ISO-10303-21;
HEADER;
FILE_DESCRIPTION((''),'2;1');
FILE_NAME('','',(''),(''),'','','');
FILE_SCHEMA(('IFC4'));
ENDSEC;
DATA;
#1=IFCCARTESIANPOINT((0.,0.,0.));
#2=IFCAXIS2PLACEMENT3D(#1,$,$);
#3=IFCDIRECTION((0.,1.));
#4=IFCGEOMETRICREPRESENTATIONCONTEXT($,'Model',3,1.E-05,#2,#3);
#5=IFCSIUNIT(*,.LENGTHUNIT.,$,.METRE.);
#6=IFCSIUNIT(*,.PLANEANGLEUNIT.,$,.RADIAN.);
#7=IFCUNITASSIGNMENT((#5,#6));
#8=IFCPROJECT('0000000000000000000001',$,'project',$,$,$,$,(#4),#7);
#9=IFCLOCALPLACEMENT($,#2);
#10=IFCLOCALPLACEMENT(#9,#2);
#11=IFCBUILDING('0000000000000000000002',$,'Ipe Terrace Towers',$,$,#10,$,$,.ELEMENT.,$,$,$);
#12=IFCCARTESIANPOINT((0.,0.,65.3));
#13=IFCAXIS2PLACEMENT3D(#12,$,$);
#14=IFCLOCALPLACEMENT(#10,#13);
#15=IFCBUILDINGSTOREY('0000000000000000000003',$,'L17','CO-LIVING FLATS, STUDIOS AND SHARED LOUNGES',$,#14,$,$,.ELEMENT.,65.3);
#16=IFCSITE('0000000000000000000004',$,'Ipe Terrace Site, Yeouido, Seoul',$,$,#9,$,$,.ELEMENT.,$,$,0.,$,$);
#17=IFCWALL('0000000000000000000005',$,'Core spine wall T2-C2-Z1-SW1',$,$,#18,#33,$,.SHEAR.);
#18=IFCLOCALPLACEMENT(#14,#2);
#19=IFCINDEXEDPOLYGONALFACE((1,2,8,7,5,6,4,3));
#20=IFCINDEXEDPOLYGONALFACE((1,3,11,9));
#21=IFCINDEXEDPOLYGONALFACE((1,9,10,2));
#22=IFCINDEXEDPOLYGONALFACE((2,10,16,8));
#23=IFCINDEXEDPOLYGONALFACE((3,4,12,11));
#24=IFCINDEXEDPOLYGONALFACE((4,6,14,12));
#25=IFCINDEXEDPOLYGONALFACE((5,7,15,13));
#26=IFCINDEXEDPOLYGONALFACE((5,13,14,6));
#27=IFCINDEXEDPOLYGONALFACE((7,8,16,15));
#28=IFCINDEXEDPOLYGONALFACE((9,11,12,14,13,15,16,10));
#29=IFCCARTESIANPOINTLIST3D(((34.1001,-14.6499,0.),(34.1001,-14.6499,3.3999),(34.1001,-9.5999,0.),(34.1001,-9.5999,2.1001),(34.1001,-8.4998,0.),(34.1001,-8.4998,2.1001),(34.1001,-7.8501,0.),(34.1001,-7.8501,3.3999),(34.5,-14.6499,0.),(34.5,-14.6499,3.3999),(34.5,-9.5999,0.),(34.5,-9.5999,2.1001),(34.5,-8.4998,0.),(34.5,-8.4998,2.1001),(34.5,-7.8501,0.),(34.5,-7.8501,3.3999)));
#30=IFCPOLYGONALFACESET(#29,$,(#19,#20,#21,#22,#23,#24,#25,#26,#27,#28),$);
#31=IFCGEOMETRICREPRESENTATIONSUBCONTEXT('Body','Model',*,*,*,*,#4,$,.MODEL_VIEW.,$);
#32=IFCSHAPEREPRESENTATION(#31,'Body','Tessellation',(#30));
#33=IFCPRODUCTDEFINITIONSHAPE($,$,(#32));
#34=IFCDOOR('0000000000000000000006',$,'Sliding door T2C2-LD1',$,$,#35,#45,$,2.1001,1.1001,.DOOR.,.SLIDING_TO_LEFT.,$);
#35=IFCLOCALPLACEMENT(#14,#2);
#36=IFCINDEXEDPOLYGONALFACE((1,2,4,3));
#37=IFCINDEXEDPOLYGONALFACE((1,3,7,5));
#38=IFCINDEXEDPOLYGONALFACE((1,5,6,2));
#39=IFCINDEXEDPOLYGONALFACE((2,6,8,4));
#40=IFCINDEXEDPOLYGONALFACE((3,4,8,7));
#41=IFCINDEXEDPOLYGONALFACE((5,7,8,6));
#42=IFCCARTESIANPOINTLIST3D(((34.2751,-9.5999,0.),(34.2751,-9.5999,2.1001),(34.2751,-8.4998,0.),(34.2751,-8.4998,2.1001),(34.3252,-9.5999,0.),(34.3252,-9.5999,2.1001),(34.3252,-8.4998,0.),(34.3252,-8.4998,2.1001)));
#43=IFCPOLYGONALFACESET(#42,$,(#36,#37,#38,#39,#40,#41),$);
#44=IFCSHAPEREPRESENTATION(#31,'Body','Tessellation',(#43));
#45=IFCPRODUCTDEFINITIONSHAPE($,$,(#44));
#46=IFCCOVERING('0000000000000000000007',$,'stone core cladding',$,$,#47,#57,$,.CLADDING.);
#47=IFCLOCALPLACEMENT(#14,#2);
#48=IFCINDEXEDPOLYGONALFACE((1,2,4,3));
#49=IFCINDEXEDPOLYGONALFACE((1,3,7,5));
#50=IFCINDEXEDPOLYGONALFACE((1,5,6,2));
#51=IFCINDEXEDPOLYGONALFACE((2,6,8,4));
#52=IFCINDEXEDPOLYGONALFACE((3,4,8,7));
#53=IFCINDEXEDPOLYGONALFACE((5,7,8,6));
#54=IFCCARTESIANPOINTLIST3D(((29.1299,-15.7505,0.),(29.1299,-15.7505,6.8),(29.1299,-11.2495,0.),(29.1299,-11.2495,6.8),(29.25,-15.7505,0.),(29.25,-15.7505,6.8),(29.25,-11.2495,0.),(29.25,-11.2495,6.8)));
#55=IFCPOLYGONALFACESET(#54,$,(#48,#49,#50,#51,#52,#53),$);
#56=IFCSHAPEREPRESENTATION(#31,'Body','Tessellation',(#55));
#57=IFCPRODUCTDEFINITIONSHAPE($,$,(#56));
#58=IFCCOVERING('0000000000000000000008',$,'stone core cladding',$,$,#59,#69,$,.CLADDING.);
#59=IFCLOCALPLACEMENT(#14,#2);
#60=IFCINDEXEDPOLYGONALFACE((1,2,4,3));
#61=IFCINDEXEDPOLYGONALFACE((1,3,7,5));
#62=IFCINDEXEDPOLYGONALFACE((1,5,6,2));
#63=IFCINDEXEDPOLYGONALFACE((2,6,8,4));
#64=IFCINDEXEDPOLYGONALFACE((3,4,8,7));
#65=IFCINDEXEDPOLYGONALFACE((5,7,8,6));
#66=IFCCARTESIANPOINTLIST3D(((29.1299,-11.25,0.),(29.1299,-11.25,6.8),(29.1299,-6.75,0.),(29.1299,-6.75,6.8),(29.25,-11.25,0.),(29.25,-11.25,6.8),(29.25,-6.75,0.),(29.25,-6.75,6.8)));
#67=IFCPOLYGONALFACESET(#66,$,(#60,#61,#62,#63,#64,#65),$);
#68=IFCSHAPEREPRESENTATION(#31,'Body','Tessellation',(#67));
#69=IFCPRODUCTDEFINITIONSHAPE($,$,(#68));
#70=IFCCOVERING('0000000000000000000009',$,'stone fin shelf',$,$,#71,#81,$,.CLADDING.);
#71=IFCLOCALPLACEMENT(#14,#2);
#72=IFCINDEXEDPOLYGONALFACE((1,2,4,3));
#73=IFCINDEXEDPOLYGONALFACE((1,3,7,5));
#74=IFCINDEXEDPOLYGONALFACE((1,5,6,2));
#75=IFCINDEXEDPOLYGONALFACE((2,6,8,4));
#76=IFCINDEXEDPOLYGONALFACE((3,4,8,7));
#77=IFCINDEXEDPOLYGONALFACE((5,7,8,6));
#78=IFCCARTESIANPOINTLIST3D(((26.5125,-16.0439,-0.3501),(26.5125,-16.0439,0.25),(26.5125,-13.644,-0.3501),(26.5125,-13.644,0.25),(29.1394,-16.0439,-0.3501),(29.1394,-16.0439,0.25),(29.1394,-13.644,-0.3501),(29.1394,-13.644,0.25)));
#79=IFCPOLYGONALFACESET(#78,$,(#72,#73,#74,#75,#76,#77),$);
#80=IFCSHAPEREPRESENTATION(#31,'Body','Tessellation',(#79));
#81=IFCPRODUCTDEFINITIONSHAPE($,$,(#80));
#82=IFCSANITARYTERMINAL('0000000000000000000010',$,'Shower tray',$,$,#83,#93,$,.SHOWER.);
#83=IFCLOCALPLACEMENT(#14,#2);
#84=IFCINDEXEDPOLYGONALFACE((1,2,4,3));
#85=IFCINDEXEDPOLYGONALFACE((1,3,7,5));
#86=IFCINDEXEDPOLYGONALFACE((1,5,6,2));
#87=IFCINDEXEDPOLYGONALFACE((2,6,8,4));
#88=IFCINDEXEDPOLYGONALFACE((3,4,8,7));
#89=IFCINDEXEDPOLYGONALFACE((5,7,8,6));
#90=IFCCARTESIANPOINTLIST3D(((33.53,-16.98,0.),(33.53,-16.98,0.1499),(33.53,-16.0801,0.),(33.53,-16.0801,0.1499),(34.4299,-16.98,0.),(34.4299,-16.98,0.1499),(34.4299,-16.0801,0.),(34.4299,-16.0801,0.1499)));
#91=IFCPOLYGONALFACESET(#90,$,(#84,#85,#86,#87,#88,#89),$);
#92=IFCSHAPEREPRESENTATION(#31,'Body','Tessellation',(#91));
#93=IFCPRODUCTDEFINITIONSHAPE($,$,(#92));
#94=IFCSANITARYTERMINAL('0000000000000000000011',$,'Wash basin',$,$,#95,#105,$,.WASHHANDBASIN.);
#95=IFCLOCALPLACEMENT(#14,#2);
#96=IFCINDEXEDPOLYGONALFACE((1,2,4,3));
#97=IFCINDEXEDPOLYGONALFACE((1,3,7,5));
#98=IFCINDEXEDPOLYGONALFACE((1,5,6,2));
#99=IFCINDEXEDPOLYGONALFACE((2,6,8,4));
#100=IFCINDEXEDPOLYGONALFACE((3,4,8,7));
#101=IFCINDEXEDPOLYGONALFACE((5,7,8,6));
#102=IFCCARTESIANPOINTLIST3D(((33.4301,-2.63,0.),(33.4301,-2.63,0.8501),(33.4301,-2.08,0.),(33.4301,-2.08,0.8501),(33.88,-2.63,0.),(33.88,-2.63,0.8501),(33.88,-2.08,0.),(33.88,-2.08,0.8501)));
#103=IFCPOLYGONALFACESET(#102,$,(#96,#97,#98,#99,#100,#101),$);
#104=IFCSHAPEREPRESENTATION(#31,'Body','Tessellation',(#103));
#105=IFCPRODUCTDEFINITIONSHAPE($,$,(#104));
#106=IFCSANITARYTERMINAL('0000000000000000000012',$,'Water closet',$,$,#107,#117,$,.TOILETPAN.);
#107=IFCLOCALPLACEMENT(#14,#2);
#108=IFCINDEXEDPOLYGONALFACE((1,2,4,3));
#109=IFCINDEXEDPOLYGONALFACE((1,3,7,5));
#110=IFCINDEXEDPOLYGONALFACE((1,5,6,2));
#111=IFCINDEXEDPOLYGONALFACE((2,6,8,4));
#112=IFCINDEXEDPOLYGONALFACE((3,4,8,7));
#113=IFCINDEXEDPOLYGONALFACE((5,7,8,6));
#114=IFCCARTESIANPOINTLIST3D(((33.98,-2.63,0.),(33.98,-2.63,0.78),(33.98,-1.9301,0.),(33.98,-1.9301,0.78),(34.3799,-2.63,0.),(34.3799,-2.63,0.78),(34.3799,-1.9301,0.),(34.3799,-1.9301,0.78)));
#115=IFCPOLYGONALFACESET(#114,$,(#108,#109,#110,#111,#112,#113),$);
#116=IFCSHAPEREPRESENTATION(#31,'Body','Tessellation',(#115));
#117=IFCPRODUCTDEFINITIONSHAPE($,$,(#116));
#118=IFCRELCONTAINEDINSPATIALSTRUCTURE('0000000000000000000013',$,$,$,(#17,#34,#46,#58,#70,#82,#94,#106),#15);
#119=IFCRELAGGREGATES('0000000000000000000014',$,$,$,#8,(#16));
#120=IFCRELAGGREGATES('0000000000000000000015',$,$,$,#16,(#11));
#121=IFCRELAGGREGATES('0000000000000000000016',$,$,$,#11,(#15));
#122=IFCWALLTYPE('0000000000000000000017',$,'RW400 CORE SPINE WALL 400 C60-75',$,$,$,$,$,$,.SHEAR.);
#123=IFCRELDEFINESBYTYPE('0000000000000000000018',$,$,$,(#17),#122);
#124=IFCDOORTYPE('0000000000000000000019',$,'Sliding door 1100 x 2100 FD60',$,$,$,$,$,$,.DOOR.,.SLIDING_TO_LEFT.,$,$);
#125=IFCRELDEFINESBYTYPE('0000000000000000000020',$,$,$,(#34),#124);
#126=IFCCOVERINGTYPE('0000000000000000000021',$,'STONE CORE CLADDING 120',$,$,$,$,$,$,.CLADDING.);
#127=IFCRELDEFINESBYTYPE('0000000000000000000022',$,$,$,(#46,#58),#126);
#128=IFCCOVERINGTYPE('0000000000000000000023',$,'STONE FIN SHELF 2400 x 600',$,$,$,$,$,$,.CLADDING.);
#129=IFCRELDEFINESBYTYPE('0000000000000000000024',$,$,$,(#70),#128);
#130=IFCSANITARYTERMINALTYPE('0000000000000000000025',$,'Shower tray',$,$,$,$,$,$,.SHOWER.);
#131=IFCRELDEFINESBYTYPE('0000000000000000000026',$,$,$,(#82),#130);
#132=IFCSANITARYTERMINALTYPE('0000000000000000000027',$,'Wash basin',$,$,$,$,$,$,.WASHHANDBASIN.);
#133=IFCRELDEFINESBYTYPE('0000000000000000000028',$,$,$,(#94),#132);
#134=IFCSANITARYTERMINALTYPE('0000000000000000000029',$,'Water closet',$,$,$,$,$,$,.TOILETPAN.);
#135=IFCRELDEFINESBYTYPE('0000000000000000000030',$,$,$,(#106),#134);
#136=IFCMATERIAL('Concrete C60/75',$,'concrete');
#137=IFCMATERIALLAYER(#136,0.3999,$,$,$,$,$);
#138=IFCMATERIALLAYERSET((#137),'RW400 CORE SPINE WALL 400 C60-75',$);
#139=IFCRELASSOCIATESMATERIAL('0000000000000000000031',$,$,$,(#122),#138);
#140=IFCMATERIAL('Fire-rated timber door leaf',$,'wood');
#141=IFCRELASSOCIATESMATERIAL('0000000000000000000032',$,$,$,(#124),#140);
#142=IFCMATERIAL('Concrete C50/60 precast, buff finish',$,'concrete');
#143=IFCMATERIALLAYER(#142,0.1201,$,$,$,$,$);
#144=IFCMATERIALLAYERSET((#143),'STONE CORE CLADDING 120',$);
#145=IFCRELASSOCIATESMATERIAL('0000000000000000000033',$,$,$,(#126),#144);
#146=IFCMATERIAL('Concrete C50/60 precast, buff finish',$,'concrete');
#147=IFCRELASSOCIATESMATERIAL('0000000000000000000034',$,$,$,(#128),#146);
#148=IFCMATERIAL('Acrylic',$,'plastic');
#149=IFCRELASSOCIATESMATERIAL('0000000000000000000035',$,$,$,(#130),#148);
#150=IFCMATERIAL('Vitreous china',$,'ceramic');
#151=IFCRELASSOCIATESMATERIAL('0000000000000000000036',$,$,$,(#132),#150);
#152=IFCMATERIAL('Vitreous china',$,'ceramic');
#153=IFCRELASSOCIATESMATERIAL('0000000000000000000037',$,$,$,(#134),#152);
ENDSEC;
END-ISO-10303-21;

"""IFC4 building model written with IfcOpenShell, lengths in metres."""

from ifc_helpers import new_model, si_unit, direction, frame, frame_2d, origin, origin_2d, place, context, subcontext, project, spatial, rectangle, extrude, material, layer, layer_set, type_object, element, fill, save


model = new_model("IFC4")

# Units and contexts
model_context = context("Model", 3, precision=1e-05, world=origin(), true_north=direction((0.0, 1.0)))
body_context = subcontext(model_context, "Body", "Model", "MODEL_VIEW")
ifc_project = project(units=[si_unit("LENGTHUNIT", "METRE"), si_unit("PLANEANGLEUNIT", "RADIAN")], contexts=[model_context])

# Site, building, storey
site_placement = place(None, origin())
site = spatial("IfcSite", under=ifc_project, at=site_placement, Name="Ipe Terrace Site, Yeouido, Seoul", CompositionType="ELEMENT", RefElevation=0.0)
building_placement = place(site_placement, origin())
building = spatial("IfcBuilding", under=site, at=building_placement, Name="Ipe Terrace Towers", CompositionType="ELEMENT")
storey_placement = place(building_placement, frame((0.0, 0.0, 65.3)))
storey = spatial("IfcBuildingStorey", under=building, at=storey_placement, Name="L17", Description="CO-LIVING FLATS, STUDIOS AND SHARED LOUNGES", CompositionType="ELEMENT", Elevation=65.3)

# Wall, opening, door
ifc_material_1 = material(Name="Concrete C60/75", Category="concrete")
ifc_layer_1 = layer(ifc_material_1, 0.3999)
ifc_layer_set_1 = layer_set([ifc_layer_1], Name="RW400 CORE SPINE WALL 400 C60-75")
wall_type_1 = type_object("IfcWallType", Name="RW400 CORE SPINE WALL 400 C60-75", PredefinedType="SHEAR", material=ifc_layer_set_1)
wall_1_placement = place(storey_placement, frame((34.3, -14.6499, 0.0), z_axis=(0.0, 0.0, 1.0), x_axis=(0.0, 1.0, 0.0)))
wall_1 = element("IfcWall", 1, at=wall_1_placement, inside=storey, type_object=wall_type_1, Name="Core spine wall T2-C2-Z1-SW1", PredefinedType="SHEAR", context=body_context, shape_type="SweptSolid", body=[
    extrude(rectangle(XDim=6.7998, YDim=0.3999, at=frame_2d((3.3999, 0.0))), origin(), (0.0, 0.0, 1.0), 3.3999),
])
opening_1_placement = place(wall_1_placement, frame((5.05, 0.0, 0.0)))
opening_1 = element("IfcOpeningElement", 2, at=opening_1_placement, cuts=wall_1, PredefinedType="OPENING", context=body_context, shape_type="SweptSolid", body=[
    extrude(rectangle(XDim=1.1001, YDim=2.1001, at=frame_2d((0.55, 1.05))), frame((0.0, 0.21, 0.0), z_axis=(0.0, -1.0, 0.0), x_axis=(1.0, 0.0, 0.0)), (0.0, 0.0, 1.0), 0.4199),
])
ifc_material_2 = material(Name="Fire-rated timber door leaf", Category="wood")
door_type_1 = type_object("IfcDoorType", Name="Sliding door 1100 x 2100 FD60", OperationType="SLIDING_TO_LEFT", PredefinedType="DOOR", material=ifc_material_2)
door_1_placement = place(opening_1_placement, origin())
door_1 = element("IfcDoor", 3, at=door_1_placement, inside=storey, type_object=door_type_1, Name="Sliding door T2C2-LD1", OperationType="SLIDING_TO_LEFT", OverallHeight=2.1001, OverallWidth=1.1001, PredefinedType="DOOR", context=body_context, shape_type="SweptSolid", body=[
    extrude(rectangle(XDim=1.1001, YDim=2.1001, at=frame_2d((0.55, 1.05))), frame((0.0, 0.0249, 0.0), z_axis=(0.0, -1.0, 0.0), x_axis=(1.0, 0.0, 0.0)), (0.0, 0.0, 1.0), 0.05),
])
fill(opening_1, door_1)

# Coverings
ifc_material_3 = material(Name="Concrete C50/60 precast, buff finish", Category="concrete")
ifc_layer_2 = layer(ifc_material_3, 0.1201)
ifc_layer_set_2 = layer_set([ifc_layer_2], Name="STONE CORE CLADDING 120")
covering_type_1 = type_object("IfcCoveringType", Name="STONE CORE CLADDING 120", PredefinedType="CLADDING", material=ifc_layer_set_2)
covering_1_placement = place(storey_placement, frame((29.1899, -13.5, 0.0), z_axis=(0.0, 0.0, 1.0), x_axis=(0.0, -1.0, 0.0)))
element("IfcCovering", 4, at=covering_1_placement, inside=storey, type_object=covering_type_1, Name="stone core cladding", PredefinedType="CLADDING", context=body_context, shape_type="SweptSolid", body=[
    extrude(rectangle(XDim=4.501, YDim=0.1201, at=origin_2d()), origin(), (0.0, 0.0, 1.0), 6.8),
])
covering_2_placement = place(storey_placement, frame((29.1899, -9.0, 0.0), z_axis=(0.0, 0.0, 1.0), x_axis=(0.0, -1.0, 0.0)))
element("IfcCovering", 5, at=covering_2_placement, inside=storey, type_object=covering_type_1, Name="stone core cladding", PredefinedType="CLADDING", context=body_context, shape_type="SweptSolid", body=[
    extrude(rectangle(XDim=4.5, YDim=0.1201, at=origin_2d()), origin(), (0.0, 0.0, 1.0), 6.8),
])
ifc_material_4 = material(Name="Concrete C50/60 precast, buff finish", Category="concrete")
covering_type_2 = type_object("IfcCoveringType", Name="STONE FIN SHELF 2400 x 600", PredefinedType="CLADDING", material=ifc_material_4)
covering_3_placement = place(storey_placement, frame((27.8259, -14.844, -0.3501), z_axis=(0.0, 0.0, 1.0), x_axis=(0.0, -1.0, 0.0)))
element("IfcCovering", 6, at=covering_3_placement, inside=storey, type_object=covering_type_2, Name="stone fin shelf", PredefinedType="CLADDING", context=body_context, shape_type="SweptSolid", body=[
    extrude(rectangle(XDim=2.3999, YDim=2.627, at=origin_2d()), origin(), (0.0, 0.0, 1.0), 0.6001),
])

# Sanitary terminals
ifc_material_5 = material(Name="Acrylic", Category="plastic")
sanitary_terminal_type_1 = type_object("IfcSanitaryTerminalType", Name="Shower tray", PredefinedType="SHOWER", material=ifc_material_5)
sanitary_terminal_1_placement = place(storey_placement, frame((33.98, -16.53, 0.0), z_axis=(0.0, 0.0, 1.0), x_axis=(-1.0, 0.0, 0.0)))
element("IfcSanitaryTerminal", 7, at=sanitary_terminal_1_placement, inside=storey, type_object=sanitary_terminal_type_1, Name="Shower tray", PredefinedType="SHOWER", context=body_context, shape_type="SweptSolid", body=[
    extrude(rectangle(XDim=0.8999, YDim=0.8999, at=origin_2d()), origin(), (0.0, 0.0, 1.0), 0.1499),
])
ifc_material_6 = material(Name="Vitreous china", Category="ceramic")
sanitary_terminal_type_2 = type_object("IfcSanitaryTerminalType", Name="Wash basin", PredefinedType="WASHHANDBASIN", material=ifc_material_6)
sanitary_terminal_2_placement = place(storey_placement, frame((33.655, -2.355, 0.0), z_axis=(0.0, 0.0, 1.0), x_axis=(0.0, 1.0, 0.0)))
element("IfcSanitaryTerminal", 8, at=sanitary_terminal_2_placement, inside=storey, type_object=sanitary_terminal_type_2, Name="Wash basin", PredefinedType="WASHHANDBASIN", context=body_context, shape_type="SweptSolid", body=[
    extrude(rectangle(XDim=0.55, YDim=0.45, at=origin_2d()), origin(), (0.0, 0.0, 1.0), 0.8501),
])
ifc_material_7 = material(Name="Vitreous china", Category="ceramic")
sanitary_terminal_type_3 = type_object("IfcSanitaryTerminalType", Name="Water closet", PredefinedType="TOILETPAN", material=ifc_material_7)
sanitary_terminal_3_placement = place(storey_placement, frame((34.1799, -2.28, 0.0), z_axis=(0.0, 0.0, 1.0), x_axis=(0.0, 1.0, 0.0)))
element("IfcSanitaryTerminal", 9, at=sanitary_terminal_3_placement, inside=storey, type_object=sanitary_terminal_type_3, Name="Water closet", PredefinedType="TOILETPAN", context=body_context, shape_type="SweptSolid", body=[
    extrude(rectangle(XDim=0.7, YDim=0.3999, at=origin_2d()), origin(), (0.0, 0.0, 1.0), 0.78),
])

save(model, "model.ifc")
